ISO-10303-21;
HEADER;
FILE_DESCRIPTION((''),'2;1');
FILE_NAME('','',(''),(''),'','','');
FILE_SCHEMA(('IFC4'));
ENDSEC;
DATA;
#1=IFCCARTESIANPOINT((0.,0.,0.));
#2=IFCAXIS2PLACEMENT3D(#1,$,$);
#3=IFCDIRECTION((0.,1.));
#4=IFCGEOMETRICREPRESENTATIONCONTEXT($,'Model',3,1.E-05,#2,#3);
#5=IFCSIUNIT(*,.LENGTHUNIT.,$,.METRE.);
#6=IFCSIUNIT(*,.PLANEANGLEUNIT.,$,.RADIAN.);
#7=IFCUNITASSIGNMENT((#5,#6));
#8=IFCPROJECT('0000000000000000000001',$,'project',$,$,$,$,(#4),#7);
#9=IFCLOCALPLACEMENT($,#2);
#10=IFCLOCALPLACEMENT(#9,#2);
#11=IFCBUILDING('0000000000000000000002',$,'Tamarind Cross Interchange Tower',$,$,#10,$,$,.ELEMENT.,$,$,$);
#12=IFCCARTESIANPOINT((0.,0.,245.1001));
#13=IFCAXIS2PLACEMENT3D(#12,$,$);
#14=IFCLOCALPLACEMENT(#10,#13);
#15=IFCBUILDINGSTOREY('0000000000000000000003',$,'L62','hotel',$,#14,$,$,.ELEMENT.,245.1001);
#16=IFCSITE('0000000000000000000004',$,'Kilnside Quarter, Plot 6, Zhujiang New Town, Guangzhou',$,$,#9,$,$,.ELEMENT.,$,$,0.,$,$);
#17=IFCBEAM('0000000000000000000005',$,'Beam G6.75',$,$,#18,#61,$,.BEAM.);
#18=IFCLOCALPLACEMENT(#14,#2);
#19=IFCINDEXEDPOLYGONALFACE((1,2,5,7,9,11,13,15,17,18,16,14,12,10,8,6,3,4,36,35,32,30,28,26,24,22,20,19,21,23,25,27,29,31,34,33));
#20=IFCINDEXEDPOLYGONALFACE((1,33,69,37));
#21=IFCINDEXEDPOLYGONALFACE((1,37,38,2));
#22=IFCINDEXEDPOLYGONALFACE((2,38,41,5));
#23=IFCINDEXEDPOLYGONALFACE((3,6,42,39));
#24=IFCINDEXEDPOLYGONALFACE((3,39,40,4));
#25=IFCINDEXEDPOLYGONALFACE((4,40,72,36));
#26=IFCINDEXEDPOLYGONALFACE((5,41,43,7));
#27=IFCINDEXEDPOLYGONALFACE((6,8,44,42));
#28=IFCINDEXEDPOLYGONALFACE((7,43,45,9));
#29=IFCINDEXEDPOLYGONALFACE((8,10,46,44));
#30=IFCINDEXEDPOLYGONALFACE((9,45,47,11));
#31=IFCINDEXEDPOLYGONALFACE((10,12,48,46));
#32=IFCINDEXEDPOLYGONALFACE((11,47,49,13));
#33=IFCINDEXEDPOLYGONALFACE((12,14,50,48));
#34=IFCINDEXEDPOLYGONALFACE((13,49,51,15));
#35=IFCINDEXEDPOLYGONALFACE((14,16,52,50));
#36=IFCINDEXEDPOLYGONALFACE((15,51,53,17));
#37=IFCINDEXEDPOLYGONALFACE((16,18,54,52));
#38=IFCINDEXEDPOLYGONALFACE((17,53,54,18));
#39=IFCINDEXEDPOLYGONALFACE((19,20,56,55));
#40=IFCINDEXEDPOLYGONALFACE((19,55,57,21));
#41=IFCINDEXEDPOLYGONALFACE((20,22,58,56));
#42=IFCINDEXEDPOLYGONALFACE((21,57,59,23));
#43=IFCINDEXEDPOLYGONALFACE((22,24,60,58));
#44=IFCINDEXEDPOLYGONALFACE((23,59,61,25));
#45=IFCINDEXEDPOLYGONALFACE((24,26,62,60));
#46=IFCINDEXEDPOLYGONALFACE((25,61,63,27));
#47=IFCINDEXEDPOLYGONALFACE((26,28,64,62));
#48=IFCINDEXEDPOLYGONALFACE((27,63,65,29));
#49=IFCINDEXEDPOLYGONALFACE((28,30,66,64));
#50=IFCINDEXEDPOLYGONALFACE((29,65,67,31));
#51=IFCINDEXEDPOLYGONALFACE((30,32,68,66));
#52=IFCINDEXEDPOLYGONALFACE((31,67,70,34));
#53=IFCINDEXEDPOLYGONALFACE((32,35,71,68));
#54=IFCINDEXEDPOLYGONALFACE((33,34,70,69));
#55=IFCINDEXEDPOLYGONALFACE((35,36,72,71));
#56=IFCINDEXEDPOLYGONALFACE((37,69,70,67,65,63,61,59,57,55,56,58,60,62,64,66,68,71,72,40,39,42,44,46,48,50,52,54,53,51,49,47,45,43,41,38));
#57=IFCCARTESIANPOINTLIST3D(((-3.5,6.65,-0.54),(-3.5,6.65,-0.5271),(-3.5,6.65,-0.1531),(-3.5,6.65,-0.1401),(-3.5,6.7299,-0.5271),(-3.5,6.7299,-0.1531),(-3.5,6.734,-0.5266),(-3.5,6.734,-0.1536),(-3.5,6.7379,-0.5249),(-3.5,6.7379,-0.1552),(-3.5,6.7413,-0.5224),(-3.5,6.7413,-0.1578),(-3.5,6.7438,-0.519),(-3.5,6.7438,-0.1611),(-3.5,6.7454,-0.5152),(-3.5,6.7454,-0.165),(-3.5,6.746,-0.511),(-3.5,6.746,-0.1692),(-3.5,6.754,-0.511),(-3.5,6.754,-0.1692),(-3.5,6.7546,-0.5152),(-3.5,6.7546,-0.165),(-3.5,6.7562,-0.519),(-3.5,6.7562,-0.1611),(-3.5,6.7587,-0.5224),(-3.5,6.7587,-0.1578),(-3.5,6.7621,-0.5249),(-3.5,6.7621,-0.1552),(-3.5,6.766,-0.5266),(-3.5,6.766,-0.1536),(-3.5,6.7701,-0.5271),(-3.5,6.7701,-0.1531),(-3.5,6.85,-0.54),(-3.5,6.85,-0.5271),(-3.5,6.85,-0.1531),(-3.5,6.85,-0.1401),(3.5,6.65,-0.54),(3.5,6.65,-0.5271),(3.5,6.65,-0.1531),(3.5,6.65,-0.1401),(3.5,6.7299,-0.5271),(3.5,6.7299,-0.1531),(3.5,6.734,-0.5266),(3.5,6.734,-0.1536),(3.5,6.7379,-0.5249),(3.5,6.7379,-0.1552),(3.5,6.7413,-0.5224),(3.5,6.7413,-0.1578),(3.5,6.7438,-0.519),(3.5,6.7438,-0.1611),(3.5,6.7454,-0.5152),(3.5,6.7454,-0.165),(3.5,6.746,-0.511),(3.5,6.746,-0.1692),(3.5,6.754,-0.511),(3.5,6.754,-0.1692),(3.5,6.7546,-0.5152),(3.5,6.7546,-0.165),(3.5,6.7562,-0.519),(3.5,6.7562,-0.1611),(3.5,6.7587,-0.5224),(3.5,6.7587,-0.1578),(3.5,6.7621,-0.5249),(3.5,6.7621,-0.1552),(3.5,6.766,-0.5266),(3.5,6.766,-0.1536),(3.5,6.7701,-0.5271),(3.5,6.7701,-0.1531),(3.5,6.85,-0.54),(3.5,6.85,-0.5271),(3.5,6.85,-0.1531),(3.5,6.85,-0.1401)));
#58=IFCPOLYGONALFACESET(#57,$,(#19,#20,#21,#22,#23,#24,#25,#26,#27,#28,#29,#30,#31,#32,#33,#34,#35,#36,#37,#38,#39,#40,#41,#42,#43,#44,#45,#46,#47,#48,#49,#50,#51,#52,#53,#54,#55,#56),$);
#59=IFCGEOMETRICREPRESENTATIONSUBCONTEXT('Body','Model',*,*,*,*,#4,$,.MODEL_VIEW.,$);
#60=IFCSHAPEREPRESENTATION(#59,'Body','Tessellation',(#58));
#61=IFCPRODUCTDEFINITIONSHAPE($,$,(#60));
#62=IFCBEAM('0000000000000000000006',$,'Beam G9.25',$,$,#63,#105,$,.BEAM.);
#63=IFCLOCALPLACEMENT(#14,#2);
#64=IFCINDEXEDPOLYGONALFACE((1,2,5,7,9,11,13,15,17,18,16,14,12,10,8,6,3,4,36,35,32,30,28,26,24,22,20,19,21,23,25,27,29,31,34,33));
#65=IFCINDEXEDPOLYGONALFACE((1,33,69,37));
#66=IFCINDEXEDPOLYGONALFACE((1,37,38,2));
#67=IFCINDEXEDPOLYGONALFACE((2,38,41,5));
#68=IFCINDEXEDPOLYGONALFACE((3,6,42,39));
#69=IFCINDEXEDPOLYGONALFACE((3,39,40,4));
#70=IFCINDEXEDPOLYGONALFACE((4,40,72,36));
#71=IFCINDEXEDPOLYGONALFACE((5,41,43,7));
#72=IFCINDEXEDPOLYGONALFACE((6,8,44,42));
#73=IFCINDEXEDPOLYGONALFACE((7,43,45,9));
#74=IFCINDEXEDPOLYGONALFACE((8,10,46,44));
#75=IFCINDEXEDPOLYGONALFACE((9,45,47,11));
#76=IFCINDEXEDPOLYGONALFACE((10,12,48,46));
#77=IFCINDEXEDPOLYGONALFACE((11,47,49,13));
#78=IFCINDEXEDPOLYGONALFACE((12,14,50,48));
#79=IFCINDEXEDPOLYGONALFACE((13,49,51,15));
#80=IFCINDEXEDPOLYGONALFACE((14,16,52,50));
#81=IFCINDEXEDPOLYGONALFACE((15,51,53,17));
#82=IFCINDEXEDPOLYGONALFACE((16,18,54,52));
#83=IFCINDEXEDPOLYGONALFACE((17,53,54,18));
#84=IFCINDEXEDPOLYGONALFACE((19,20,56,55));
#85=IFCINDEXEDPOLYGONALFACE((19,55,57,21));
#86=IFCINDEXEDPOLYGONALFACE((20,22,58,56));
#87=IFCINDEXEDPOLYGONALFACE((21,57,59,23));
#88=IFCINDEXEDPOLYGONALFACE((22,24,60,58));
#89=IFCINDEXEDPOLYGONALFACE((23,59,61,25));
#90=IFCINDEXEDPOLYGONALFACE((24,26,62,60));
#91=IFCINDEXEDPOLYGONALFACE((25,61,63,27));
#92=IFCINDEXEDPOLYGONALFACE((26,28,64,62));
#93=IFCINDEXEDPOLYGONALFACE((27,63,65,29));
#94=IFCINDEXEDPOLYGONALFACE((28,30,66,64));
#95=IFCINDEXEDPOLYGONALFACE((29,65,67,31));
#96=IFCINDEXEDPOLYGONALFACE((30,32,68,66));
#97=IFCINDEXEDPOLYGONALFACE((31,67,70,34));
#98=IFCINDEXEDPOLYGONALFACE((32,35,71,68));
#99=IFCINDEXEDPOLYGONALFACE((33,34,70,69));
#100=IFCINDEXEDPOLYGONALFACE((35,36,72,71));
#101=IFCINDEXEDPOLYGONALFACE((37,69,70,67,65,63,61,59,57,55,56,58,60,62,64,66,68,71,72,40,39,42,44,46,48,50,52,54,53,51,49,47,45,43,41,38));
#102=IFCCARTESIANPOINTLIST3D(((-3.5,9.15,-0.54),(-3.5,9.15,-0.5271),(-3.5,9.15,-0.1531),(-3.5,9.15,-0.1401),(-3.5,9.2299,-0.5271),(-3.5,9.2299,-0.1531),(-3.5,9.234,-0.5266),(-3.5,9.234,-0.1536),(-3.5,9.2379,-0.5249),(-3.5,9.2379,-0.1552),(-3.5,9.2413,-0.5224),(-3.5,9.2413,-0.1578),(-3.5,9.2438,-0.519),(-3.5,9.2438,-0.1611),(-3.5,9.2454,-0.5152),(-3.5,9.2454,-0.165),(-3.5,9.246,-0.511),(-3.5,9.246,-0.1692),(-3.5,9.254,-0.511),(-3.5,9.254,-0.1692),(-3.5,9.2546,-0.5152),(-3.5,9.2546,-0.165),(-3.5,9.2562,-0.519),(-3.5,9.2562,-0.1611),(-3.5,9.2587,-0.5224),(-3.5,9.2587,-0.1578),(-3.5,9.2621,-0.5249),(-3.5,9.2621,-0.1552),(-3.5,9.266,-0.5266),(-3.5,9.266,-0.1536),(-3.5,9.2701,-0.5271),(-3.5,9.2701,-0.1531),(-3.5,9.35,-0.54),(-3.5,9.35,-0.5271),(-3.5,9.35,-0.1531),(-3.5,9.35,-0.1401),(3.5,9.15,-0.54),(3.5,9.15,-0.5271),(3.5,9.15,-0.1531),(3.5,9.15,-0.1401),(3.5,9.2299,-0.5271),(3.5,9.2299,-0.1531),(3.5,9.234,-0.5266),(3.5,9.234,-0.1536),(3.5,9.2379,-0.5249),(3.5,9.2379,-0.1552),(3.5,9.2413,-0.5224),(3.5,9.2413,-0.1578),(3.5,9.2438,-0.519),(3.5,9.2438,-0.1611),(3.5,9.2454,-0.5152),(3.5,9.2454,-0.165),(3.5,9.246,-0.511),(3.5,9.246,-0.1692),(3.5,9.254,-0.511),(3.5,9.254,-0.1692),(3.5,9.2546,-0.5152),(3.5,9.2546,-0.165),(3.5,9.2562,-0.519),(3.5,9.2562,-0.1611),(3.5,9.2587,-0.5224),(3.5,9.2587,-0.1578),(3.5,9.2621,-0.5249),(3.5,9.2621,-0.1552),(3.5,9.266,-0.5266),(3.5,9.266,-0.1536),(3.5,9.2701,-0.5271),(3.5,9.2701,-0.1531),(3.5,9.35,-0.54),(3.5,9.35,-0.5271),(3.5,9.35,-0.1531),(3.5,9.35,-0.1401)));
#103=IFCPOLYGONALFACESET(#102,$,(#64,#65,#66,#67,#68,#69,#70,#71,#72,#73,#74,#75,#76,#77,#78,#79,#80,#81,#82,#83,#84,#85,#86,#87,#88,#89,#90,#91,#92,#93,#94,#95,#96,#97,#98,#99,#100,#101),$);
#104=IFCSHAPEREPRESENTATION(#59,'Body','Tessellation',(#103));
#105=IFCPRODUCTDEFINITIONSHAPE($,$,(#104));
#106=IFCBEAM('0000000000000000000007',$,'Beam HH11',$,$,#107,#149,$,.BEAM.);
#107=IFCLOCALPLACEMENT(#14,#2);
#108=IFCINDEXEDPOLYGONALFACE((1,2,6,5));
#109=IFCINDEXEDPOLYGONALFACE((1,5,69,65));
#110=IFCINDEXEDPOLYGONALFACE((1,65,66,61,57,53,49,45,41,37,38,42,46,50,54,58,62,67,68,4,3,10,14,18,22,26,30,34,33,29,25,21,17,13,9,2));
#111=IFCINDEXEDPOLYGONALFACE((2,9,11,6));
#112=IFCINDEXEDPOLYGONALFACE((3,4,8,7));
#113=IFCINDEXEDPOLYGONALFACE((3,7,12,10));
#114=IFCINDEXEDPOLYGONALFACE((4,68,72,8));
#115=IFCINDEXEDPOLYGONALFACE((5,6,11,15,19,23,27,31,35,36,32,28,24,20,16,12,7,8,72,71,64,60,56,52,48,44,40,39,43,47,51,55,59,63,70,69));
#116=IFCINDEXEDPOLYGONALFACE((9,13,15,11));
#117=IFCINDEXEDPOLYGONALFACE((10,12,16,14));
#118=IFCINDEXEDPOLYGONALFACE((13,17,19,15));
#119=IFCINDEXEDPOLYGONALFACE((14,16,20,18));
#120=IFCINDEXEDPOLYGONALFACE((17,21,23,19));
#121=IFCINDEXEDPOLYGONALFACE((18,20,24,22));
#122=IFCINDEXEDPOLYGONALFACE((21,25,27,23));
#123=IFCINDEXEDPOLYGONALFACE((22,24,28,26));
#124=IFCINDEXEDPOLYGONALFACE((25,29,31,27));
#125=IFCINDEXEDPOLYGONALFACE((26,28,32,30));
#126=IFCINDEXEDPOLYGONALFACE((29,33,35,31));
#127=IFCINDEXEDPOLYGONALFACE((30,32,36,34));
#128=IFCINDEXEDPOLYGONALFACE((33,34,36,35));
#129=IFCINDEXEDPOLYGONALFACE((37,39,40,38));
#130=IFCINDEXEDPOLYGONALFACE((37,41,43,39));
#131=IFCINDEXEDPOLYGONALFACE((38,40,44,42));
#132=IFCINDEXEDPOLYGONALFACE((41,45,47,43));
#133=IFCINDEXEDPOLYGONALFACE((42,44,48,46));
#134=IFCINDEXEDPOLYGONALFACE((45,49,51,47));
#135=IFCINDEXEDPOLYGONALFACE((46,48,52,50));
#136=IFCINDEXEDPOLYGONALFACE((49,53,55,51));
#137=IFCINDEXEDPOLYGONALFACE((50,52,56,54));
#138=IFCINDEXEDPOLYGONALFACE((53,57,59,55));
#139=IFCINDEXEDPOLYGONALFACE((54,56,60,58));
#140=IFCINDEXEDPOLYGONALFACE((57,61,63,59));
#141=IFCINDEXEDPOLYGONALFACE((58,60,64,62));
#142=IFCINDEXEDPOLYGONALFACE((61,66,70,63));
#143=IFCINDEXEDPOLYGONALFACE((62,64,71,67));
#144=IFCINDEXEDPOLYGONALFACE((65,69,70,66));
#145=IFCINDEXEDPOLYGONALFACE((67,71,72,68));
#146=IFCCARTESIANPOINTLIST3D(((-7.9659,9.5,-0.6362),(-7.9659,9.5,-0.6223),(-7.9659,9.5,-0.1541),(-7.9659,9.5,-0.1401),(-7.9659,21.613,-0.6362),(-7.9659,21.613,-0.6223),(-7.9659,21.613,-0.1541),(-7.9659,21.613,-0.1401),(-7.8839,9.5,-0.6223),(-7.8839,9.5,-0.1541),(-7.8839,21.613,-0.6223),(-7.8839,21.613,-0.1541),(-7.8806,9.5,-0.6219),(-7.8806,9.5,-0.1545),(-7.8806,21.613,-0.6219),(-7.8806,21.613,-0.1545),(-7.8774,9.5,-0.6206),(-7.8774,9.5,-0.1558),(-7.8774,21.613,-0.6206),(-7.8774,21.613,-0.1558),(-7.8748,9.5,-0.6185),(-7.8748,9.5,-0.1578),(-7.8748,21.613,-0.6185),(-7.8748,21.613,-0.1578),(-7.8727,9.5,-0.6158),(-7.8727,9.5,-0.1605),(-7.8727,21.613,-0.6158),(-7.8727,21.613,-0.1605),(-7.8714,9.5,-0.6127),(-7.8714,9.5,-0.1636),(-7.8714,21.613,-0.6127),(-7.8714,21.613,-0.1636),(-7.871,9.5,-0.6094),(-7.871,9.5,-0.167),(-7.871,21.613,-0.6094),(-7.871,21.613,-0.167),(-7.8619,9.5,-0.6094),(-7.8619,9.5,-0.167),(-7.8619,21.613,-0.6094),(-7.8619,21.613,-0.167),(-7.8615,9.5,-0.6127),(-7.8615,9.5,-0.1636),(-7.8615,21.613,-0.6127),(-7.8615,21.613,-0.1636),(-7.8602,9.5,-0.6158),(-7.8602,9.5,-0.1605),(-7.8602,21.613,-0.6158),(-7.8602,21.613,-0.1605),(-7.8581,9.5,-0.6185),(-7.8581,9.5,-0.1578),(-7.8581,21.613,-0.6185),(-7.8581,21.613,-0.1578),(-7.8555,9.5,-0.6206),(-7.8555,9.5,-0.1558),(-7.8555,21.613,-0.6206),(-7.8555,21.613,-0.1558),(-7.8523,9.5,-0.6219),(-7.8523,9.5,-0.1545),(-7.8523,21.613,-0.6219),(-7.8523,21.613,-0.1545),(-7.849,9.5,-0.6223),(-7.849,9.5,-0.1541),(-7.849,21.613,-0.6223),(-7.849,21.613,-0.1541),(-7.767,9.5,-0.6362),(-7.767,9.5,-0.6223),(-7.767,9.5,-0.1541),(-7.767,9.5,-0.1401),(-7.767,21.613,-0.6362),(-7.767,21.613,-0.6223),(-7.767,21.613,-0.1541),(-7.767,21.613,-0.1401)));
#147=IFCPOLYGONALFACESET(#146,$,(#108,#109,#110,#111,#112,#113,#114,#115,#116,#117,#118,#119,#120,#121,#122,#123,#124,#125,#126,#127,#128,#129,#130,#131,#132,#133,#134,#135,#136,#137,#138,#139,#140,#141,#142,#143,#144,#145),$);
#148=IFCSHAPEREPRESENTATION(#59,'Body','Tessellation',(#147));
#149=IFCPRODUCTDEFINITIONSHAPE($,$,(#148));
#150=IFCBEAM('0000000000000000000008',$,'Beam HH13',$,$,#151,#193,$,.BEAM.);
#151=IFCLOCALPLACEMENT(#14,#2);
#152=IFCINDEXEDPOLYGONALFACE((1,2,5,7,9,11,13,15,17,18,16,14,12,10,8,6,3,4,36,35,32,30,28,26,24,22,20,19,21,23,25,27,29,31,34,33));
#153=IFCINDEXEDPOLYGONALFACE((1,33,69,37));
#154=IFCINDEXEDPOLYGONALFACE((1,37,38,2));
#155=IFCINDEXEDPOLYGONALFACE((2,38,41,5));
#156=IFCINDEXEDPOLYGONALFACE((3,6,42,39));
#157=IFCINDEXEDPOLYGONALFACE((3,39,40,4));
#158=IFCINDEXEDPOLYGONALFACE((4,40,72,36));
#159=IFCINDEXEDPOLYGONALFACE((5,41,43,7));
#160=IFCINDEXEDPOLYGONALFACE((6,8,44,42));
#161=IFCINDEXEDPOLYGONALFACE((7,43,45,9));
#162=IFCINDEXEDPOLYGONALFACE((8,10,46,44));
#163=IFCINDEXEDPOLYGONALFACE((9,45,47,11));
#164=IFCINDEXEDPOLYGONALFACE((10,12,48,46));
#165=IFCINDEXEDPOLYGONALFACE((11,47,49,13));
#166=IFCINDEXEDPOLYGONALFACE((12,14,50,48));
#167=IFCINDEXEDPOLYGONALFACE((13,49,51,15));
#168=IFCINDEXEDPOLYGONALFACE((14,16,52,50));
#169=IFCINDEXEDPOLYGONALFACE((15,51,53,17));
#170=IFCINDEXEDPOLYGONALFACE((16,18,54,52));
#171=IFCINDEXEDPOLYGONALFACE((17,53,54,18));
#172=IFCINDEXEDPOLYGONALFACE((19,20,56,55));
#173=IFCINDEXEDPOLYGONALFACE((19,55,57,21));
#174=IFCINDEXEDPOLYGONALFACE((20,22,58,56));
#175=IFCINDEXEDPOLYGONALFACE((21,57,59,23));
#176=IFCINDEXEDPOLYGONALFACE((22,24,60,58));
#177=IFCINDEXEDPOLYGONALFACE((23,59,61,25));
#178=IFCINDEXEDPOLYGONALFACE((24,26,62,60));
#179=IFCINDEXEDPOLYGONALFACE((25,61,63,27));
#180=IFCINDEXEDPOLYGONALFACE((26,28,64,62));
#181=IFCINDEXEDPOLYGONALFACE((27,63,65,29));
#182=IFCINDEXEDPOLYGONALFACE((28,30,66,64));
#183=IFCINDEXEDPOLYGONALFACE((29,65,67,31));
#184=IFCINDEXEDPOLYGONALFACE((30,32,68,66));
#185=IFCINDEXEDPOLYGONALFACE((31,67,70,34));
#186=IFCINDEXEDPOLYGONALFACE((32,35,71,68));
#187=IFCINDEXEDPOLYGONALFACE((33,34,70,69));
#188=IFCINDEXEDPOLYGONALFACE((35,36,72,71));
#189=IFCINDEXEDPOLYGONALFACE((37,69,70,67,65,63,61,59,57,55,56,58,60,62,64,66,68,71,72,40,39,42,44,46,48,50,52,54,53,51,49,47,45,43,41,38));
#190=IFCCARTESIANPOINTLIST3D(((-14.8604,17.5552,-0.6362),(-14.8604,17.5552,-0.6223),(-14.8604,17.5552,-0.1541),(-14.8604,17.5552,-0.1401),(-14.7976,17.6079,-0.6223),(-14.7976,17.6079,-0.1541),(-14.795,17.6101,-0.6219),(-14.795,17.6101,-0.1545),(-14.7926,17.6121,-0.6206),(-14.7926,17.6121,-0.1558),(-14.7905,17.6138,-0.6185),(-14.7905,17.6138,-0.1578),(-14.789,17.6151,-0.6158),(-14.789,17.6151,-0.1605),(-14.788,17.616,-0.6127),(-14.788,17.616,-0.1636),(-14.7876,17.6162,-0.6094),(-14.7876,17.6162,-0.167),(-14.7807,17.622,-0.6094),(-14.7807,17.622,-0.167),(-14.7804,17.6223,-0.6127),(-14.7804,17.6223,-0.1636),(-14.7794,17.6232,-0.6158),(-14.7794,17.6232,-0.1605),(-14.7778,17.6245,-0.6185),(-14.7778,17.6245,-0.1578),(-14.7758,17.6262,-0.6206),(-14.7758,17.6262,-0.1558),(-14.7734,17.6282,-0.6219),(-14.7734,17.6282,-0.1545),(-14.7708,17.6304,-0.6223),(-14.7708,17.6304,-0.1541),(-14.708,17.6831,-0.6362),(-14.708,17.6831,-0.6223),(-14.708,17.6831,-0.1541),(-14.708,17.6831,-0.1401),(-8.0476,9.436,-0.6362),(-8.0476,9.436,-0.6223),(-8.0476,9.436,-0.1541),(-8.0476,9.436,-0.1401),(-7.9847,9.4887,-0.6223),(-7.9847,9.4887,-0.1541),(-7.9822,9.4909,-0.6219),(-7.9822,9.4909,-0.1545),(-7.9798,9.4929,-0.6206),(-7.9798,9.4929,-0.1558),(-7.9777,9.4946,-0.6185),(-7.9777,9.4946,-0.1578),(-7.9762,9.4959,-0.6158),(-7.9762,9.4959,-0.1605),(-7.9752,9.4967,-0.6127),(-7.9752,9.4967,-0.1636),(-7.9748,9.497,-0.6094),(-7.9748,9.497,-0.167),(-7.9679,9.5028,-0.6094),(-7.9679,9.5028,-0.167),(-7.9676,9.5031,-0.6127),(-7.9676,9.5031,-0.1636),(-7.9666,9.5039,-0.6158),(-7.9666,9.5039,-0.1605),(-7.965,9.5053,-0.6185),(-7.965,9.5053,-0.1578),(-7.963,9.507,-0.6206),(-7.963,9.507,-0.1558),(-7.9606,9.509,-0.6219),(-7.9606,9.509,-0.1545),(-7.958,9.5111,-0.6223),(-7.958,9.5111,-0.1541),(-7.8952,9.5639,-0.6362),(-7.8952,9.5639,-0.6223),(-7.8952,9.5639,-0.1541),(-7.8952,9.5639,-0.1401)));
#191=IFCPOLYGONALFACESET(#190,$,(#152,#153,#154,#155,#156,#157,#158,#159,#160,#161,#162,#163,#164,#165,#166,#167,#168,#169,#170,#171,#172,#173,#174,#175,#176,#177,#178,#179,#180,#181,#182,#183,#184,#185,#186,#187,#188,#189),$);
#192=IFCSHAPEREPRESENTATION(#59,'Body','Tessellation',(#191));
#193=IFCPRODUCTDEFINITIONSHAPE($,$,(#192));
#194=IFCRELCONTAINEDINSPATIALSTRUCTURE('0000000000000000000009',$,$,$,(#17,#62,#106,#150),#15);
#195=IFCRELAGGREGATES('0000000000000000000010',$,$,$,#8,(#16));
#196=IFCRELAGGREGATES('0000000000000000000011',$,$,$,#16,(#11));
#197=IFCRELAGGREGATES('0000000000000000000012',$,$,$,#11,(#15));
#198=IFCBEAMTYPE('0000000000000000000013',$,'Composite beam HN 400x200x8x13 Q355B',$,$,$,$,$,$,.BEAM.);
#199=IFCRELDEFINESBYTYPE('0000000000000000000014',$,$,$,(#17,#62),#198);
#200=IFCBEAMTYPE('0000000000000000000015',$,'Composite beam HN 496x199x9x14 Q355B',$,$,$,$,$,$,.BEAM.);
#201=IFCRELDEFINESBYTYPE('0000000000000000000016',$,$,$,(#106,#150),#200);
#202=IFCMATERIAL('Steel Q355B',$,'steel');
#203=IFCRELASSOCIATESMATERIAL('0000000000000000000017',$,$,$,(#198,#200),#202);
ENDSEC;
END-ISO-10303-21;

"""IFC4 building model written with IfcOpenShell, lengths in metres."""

from ifc_helpers import new_model, si_unit, direction, frame, origin, origin_2d, place, context, subcontext, project, spatial, i_section, extrude, material, material_profile, profile_set, type_object, element, save


model = new_model("IFC4")

# Units and contexts
model_context = context("Model", 3, precision=1e-05, world=origin(), true_north=direction((0.0, 1.0)))
body_context = subcontext(model_context, "Body", "Model", "MODEL_VIEW")
ifc_project = project(units=[si_unit("LENGTHUNIT", "METRE"), si_unit("PLANEANGLEUNIT", "RADIAN")], contexts=[model_context])

# Site, building, storey
site_placement = place(None, origin())
site = spatial("IfcSite", under=ifc_project, at=site_placement, Name="Kilnside Quarter, Plot 6, Zhujiang New Town, Guangzhou", CompositionType="ELEMENT", RefElevation=0.0)
building_placement = place(site_placement, origin())
building = spatial("IfcBuilding", under=site, at=building_placement, Name="Tamarind Cross Interchange Tower", CompositionType="ELEMENT")
storey_placement = place(building_placement, frame((0.0, 0.0, 245.1001)))
storey = spatial("IfcBuildingStorey", under=building, at=storey_placement, Name="L62", Description="hotel", CompositionType="ELEMENT", Elevation=245.1001)

# Beams
ifc_material_1 = material(Name="Steel Q355B", Category="steel")
ifc_material_profile_1 = material_profile(ifc_material_1, i_section(OverallWidth=0.2, OverallDepth=0.3999, WebThickness=0.0081, FlangeThickness=0.0129, FilletRadius=0.0161, at=origin_2d()), Name="HN 400x200x8x13")
ifc_profile_set_1 = profile_set([ifc_material_profile_1], Name="Steel Q355B")
beam_type_1 = type_object("IfcBeamType", Name="Composite beam HN 400x200x8x13 Q355B", PredefinedType="BEAM", material=ifc_profile_set_1)
for number, where, z_axis, x_axis, name in (
    (1, (-3.5, 6.75, -0.3401), (1.0, 0.0, 0.0), (0.0, 1.0, 0.0), "Beam G6.75"),
    (2, (-3.5, 9.25, -0.3401), (1.0, 0.0, 0.0), (0.0, 1.0, 0.0), "Beam G9.25"),
):
    element("IfcBeam", number, at=place(storey_placement, frame(where, z_axis=z_axis, x_axis=x_axis)), inside=storey, type_object=beam_type_1, Name=name, PredefinedType="BEAM", context=body_context, shape_type="SweptSolid", body=[
        extrude(i_section(OverallWidth=0.2, OverallDepth=0.3999, WebThickness=0.0081, FlangeThickness=0.0129, FilletRadius=0.0161, at=origin_2d()), origin(), (0.0, 0.0, 1.0), 7.0),
    ])
ifc_material_profile_2 = material_profile(ifc_material_1, i_section(OverallWidth=0.199, OverallDepth=0.4961, WebThickness=0.009, FlangeThickness=0.0139, FilletRadius=0.0129, at=origin_2d()), Name="HN 496x199x9x14")
ifc_profile_set_2 = profile_set([ifc_material_profile_2], Name="Steel Q355B")
beam_type_2 = type_object("IfcBeamType", Name="Composite beam HN 496x199x9x14 Q355B", PredefinedType="BEAM", material=ifc_profile_set_2)
beam_1_placement = place(storey_placement, frame((-7.8665, 21.613, -0.3882), z_axis=(0.0, -1.0, 0.0), x_axis=(1.0, 0.0, 0.0)))
element("IfcBeam", 3, at=beam_1_placement, inside=storey, type_object=beam_type_2, Name="Beam HH11", PredefinedType="BEAM", context=body_context, shape_type="SweptSolid", body=[
    extrude(i_section(OverallWidth=0.199, OverallDepth=0.4961, WebThickness=0.009, FlangeThickness=0.0139, FilletRadius=0.0129, at=origin_2d()), origin(), (0.0, 0.0, 1.0), 12.113),
])
beam_2_placement = place(storey_placement, frame((-14.7842, 17.6191, -0.3882), z_axis=(0.642786, -0.766046, 0.0), x_axis=(0.766046, 0.642786, 0.0)))
element("IfcBeam", 4, at=beam_2_placement, inside=storey, type_object=beam_type_2, Name="Beam HH13", PredefinedType="BEAM", context=body_context, shape_type="SweptSolid", body=[
    extrude(i_section(OverallWidth=0.199, OverallDepth=0.4961, WebThickness=0.009, FlangeThickness=0.0139, FilletRadius=0.0129, at=origin_2d()), origin(), (0.0, 0.0, 1.0), 10.5989),
])

save(model, "model.ifc")
